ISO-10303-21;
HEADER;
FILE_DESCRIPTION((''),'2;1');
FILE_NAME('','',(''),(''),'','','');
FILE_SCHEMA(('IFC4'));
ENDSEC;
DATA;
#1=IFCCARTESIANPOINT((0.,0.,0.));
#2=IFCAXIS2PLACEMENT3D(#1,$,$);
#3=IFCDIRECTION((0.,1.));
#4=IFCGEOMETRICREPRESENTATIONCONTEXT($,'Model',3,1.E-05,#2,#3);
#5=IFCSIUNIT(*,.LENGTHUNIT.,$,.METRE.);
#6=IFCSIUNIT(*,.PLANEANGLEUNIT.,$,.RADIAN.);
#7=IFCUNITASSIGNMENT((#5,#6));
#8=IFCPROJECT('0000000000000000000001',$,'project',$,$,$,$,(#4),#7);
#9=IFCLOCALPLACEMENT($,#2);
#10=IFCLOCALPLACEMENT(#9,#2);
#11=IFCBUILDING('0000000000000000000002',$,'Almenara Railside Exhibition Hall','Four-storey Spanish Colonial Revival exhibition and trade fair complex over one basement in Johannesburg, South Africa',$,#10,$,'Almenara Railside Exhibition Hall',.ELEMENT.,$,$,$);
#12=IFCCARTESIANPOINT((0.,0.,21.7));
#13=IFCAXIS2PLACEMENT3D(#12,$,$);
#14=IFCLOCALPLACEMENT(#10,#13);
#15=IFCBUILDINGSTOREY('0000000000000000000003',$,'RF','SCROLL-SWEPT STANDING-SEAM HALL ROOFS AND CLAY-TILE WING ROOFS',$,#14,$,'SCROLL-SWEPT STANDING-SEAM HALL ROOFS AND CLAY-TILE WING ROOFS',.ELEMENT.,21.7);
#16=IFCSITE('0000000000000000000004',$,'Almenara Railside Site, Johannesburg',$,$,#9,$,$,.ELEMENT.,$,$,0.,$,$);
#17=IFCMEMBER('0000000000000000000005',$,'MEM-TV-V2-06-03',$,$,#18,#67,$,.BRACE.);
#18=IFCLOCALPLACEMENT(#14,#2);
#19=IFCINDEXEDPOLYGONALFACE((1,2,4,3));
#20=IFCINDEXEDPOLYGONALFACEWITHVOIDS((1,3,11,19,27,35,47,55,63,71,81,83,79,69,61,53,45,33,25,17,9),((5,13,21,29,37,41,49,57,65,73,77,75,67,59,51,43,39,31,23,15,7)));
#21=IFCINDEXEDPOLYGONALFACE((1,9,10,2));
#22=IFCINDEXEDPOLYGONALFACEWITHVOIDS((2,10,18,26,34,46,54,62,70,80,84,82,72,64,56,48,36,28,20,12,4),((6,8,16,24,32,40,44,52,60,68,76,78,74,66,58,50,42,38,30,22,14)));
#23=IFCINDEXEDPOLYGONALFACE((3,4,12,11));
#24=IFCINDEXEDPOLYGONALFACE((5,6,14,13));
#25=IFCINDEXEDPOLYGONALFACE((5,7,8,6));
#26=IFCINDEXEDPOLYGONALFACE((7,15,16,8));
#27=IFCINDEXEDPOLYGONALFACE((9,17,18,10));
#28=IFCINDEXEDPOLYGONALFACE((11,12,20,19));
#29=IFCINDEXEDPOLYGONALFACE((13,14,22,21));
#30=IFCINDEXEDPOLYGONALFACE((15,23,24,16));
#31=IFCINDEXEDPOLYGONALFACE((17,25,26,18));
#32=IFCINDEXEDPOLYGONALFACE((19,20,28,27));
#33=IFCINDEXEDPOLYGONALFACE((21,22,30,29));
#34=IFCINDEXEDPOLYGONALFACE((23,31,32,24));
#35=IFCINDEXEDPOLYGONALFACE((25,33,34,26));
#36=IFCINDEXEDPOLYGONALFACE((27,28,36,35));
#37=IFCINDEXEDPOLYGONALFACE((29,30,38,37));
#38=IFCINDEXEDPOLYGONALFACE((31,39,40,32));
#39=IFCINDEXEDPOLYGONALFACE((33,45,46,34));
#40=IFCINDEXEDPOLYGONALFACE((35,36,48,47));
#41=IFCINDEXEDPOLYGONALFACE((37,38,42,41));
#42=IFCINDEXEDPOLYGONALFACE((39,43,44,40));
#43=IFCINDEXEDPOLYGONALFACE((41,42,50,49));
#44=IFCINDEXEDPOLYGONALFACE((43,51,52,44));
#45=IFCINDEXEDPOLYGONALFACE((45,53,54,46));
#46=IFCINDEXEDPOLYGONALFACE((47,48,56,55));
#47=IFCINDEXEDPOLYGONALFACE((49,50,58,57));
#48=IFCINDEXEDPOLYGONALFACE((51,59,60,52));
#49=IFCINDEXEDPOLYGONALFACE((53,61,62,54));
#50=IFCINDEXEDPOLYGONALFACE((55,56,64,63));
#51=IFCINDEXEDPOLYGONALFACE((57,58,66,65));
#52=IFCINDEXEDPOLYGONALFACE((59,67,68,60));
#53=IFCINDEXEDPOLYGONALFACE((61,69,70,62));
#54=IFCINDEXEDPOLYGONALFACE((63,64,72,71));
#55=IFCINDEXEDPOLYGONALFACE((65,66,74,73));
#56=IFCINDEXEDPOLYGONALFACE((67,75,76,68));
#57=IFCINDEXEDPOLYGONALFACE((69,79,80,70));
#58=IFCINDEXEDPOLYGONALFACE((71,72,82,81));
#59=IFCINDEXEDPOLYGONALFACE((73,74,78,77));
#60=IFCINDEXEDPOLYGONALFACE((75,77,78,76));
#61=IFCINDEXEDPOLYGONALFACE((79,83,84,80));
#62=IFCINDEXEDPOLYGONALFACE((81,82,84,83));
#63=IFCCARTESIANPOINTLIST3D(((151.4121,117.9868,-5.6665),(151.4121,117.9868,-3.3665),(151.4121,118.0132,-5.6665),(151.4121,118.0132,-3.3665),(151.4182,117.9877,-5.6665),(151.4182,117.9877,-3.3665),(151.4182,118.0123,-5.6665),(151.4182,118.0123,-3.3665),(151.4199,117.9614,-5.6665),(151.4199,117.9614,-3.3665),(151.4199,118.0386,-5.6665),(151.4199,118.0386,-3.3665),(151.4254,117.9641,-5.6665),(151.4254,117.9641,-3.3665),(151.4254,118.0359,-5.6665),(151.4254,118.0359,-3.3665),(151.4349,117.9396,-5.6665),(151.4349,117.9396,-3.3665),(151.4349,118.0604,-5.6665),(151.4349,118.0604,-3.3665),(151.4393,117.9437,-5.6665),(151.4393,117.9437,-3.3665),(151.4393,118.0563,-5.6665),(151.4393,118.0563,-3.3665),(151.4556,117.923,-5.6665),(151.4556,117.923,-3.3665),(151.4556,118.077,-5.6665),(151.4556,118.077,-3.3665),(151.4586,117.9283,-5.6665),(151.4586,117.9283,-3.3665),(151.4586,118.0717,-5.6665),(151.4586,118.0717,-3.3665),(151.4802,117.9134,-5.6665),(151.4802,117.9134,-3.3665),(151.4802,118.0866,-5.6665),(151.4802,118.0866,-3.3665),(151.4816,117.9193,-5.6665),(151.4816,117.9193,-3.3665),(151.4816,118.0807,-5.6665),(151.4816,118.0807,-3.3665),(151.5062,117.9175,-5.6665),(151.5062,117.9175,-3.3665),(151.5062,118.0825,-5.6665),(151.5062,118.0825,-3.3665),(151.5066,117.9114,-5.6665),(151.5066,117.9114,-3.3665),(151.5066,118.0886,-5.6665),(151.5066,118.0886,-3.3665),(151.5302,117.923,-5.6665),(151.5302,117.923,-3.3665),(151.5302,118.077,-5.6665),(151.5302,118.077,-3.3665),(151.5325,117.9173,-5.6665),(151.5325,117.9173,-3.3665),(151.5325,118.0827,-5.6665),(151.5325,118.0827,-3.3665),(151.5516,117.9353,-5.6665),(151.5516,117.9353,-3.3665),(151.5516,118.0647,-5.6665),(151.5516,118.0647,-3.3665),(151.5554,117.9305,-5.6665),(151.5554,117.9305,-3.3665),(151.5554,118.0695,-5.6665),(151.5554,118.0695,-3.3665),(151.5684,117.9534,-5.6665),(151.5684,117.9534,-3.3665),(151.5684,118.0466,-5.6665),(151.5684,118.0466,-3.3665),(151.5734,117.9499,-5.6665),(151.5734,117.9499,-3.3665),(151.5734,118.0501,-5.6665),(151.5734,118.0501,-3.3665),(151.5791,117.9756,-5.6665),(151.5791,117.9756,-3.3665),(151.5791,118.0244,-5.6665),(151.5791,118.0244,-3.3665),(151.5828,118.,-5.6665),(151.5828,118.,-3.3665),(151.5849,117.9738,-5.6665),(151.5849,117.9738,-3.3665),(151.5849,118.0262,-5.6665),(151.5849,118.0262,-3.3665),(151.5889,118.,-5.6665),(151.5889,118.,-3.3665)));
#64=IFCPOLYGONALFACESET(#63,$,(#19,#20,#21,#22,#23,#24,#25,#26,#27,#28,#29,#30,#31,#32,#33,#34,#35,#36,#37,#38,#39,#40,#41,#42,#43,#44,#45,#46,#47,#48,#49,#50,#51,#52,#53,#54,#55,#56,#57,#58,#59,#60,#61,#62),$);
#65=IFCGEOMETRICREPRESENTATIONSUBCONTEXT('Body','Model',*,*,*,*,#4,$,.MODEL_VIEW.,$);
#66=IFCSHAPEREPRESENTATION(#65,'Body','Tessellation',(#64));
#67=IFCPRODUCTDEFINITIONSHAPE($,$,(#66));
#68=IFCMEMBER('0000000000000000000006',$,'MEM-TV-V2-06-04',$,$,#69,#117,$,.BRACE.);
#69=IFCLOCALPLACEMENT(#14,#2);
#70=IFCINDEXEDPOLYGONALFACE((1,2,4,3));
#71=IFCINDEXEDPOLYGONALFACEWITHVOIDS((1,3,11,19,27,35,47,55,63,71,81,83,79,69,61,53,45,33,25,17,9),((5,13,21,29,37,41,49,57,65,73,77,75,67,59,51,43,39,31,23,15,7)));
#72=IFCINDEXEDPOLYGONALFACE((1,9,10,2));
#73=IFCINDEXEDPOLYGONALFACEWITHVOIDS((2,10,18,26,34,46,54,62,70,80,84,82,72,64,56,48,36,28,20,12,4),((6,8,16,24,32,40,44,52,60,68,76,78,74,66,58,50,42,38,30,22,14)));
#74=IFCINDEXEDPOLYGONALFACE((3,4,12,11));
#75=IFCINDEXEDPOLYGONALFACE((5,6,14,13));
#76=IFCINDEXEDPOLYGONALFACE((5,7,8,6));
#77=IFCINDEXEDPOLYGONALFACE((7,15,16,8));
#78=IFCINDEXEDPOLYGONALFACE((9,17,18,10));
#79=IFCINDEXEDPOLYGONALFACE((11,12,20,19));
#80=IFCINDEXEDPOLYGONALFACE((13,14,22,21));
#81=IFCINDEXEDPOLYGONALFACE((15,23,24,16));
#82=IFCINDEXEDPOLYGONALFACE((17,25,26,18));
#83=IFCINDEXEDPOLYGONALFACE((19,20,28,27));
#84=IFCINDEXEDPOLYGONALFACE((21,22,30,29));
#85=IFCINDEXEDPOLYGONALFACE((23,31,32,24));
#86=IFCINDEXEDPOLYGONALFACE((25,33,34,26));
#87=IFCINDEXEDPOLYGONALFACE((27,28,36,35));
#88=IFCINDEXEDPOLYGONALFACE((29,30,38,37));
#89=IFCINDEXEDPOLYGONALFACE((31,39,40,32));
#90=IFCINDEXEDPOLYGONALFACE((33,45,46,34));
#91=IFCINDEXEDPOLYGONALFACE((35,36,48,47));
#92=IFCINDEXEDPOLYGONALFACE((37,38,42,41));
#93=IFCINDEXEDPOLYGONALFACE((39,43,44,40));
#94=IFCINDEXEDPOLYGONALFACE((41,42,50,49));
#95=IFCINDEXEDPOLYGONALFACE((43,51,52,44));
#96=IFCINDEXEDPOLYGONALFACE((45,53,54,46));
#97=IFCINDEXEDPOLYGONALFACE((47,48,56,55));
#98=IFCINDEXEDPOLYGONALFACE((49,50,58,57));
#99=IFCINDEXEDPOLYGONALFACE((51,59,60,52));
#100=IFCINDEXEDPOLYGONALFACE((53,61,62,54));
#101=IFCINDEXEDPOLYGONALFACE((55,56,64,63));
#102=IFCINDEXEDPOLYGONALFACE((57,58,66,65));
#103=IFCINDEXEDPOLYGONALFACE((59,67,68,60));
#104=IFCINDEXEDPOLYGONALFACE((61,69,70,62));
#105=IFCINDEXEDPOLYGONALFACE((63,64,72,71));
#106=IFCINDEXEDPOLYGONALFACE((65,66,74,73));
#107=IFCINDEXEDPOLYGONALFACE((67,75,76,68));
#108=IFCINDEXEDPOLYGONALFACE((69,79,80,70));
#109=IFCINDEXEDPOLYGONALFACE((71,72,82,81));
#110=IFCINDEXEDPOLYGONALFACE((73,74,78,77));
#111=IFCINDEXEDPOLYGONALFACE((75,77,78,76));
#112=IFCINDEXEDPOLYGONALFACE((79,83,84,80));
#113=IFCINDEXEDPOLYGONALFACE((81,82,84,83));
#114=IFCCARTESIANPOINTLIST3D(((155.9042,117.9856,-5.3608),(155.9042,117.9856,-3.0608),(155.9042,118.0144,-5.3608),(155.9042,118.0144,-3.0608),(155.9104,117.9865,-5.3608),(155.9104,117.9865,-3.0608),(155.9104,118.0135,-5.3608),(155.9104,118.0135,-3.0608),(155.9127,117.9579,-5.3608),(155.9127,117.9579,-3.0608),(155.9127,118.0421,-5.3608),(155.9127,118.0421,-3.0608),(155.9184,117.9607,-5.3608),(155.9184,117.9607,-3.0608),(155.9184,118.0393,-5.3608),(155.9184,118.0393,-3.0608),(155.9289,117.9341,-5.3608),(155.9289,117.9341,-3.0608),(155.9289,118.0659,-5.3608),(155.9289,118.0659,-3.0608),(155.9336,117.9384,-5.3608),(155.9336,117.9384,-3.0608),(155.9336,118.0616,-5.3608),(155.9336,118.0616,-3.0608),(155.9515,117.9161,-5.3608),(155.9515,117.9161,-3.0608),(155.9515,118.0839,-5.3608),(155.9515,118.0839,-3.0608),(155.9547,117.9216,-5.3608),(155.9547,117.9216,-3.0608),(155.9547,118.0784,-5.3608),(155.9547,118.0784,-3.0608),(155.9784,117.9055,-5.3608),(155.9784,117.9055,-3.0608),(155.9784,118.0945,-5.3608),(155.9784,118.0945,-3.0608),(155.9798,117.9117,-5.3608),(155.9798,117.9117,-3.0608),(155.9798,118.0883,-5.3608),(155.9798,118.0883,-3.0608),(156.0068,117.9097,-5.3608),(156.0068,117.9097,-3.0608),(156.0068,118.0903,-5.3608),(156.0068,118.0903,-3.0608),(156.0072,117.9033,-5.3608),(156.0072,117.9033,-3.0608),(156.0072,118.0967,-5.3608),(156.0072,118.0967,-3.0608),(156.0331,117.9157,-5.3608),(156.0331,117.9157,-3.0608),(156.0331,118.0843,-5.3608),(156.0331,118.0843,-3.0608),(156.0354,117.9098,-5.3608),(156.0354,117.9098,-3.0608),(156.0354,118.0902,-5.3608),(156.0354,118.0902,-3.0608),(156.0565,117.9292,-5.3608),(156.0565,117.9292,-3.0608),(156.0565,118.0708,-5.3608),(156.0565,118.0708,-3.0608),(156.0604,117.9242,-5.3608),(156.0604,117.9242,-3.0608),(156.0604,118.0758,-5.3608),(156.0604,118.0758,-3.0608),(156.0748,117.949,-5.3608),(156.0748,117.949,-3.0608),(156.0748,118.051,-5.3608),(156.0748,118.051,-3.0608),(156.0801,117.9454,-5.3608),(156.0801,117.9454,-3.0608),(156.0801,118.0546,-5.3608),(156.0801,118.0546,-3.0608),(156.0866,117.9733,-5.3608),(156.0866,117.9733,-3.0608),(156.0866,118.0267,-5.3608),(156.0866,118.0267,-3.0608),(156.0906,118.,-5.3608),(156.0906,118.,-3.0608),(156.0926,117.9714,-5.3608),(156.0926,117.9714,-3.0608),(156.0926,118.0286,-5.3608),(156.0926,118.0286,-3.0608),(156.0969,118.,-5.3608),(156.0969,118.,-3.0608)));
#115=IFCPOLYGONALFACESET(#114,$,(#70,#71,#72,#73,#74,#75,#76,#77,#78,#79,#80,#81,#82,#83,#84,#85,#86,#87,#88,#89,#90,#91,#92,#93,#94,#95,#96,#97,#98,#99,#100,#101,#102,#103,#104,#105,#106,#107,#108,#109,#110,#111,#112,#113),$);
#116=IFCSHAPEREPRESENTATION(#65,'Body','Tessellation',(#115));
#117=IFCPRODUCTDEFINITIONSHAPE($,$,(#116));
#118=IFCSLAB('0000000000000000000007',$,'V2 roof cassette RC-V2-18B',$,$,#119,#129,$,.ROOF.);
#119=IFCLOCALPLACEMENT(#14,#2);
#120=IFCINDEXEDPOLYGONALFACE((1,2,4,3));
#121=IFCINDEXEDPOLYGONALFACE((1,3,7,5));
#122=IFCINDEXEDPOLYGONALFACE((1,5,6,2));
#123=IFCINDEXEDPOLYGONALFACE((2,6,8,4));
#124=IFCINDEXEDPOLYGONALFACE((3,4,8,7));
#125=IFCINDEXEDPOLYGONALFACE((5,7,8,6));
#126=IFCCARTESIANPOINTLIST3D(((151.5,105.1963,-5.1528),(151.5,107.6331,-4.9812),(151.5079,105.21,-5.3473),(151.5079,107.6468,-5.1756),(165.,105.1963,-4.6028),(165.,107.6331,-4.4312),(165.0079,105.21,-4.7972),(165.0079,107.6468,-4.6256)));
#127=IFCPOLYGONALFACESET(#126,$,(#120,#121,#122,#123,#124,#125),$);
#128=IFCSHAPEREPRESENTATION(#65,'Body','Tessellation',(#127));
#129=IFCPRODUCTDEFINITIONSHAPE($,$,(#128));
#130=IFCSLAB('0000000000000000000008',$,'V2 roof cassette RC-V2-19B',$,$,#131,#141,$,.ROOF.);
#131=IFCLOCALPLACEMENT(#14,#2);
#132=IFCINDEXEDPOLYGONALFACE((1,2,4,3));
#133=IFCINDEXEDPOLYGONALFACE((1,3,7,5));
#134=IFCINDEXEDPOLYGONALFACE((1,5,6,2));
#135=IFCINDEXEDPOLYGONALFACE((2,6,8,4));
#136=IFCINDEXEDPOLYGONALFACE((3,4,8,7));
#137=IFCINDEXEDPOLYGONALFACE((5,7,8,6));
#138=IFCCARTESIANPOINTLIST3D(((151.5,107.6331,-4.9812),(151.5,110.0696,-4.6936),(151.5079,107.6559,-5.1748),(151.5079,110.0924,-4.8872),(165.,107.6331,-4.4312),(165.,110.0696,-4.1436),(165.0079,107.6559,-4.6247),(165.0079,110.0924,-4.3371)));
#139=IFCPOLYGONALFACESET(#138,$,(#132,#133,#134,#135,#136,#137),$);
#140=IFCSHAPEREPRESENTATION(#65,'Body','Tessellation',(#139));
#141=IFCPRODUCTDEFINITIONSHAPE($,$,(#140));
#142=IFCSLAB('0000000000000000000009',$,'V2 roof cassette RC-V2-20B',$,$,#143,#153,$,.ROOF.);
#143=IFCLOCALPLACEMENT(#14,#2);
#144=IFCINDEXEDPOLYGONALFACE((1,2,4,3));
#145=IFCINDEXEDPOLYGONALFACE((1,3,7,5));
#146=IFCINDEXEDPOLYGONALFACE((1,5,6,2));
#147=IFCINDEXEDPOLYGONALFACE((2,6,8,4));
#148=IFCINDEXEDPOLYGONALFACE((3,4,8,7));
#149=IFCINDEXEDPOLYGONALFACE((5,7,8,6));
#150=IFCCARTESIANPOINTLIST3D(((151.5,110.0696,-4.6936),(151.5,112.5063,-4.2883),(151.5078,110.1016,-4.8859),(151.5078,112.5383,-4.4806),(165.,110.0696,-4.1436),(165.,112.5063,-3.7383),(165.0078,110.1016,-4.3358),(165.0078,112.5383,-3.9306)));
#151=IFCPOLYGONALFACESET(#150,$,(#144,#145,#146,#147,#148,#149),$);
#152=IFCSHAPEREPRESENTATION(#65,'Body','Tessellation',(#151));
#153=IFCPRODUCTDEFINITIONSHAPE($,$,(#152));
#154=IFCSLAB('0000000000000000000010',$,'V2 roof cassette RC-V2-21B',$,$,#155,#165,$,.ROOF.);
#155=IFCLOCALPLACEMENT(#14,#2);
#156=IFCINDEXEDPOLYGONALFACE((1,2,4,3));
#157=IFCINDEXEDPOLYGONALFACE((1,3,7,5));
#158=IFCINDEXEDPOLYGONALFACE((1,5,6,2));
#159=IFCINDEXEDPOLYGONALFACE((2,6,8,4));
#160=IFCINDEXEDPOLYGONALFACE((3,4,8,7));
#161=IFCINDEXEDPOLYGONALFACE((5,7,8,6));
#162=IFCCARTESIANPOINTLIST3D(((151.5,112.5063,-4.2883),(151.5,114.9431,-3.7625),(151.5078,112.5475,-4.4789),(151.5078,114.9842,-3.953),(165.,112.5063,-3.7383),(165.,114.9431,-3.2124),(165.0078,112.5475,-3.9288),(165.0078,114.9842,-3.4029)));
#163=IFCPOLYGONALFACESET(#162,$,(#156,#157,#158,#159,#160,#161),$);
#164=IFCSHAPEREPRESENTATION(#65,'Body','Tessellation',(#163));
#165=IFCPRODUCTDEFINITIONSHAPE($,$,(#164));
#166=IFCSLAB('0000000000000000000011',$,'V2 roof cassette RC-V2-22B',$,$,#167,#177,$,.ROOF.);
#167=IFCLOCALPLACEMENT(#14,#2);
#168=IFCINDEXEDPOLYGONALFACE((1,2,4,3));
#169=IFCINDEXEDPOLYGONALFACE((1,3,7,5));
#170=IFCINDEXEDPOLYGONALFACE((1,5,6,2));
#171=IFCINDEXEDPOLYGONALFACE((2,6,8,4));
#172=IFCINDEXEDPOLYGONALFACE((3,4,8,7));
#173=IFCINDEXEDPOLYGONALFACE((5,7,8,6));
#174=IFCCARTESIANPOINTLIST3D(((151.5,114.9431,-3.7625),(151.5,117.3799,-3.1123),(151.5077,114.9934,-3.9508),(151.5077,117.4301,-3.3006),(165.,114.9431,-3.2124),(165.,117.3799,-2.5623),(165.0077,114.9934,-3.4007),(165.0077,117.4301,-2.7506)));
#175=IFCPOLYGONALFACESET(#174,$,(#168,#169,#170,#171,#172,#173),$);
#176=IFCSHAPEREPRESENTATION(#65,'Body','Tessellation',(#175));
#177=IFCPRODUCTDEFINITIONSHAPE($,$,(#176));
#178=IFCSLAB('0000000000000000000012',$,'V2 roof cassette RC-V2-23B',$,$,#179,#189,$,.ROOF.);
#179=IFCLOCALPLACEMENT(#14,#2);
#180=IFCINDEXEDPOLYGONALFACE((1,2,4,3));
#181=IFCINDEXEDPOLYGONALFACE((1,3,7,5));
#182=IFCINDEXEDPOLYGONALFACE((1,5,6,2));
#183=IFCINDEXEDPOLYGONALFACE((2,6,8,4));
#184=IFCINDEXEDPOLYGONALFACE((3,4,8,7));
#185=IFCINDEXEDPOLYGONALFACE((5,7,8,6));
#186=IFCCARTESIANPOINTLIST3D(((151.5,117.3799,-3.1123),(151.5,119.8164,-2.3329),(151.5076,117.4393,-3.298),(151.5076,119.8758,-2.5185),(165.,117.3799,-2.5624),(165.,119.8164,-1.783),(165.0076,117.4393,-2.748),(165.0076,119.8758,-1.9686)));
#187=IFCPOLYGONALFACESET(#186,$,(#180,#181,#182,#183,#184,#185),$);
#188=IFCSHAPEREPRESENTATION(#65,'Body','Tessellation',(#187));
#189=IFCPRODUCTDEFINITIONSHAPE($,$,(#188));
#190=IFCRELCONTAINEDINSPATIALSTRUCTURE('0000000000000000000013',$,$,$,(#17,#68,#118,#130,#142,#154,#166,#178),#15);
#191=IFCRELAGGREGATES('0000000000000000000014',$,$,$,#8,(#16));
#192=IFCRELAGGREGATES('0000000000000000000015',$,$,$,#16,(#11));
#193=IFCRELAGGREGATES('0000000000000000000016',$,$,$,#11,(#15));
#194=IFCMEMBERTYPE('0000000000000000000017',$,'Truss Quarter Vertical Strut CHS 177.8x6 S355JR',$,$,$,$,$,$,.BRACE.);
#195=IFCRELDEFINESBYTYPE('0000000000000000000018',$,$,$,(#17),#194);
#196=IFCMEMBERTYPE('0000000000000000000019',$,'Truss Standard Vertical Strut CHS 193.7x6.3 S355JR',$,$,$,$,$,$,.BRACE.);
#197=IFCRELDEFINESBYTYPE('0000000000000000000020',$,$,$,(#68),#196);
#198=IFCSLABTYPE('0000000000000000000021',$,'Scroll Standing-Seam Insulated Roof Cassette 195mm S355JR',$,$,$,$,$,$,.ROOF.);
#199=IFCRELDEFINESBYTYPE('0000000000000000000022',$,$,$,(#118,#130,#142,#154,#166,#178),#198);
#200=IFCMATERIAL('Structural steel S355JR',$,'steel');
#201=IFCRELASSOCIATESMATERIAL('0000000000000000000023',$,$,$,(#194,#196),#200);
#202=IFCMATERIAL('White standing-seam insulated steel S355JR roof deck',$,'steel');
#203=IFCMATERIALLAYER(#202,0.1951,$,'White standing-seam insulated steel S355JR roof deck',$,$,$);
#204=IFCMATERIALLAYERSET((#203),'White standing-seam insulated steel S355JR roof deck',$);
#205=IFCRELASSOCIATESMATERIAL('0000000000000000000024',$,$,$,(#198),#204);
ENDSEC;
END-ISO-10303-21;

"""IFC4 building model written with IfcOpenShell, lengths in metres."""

from ifc_helpers import new_model, si_unit, direction, frame, origin, origin_2d, place, context, subcontext, project, spatial, polyline, hollow_circle, outline, extrude, material, layer, layer_set, material_profile, profile_set, type_object, element, save


model = new_model("IFC4")

# Units and contexts
model_context = context("Model", 3, precision=1e-05, world=origin(), true_north=direction((0.0, 1.0)))
body_context = subcontext(model_context, "Body", "Model", "MODEL_VIEW")
ifc_project = project(units=[si_unit("LENGTHUNIT", "METRE"), si_unit("PLANEANGLEUNIT", "RADIAN")], contexts=[model_context])

# Site, building, storey
site_placement = place(None, origin())
site = spatial("IfcSite", under=ifc_project, at=site_placement, Name="Almenara Railside Site, Johannesburg", CompositionType="ELEMENT", RefElevation=0.0)
building_placement = place(site_placement, origin())
building = spatial("IfcBuilding", under=site, at=building_placement, Name="Almenara Railside Exhibition Hall", Description="Four-storey Spanish Colonial Revival exhibition and trade fair complex over one basement in Johannesburg, South Africa", LongName="Almenara Railside Exhibition Hall", CompositionType="ELEMENT")
storey_placement = place(building_placement, frame((0.0, 0.0, 21.7)))
storey = spatial("IfcBuildingStorey", under=building, at=storey_placement, Name="RF", Description="SCROLL-SWEPT STANDING-SEAM HALL ROOFS AND CLAY-TILE WING ROOFS", LongName="SCROLL-SWEPT STANDING-SEAM HALL ROOFS AND CLAY-TILE WING ROOFS", CompositionType="ELEMENT", Elevation=21.7)

# Members
ifc_material_1 = material(Name="Structural steel S355JR", Category="steel")
ifc_material_profile_1 = material_profile(ifc_material_1, hollow_circle(Radius=0.0889, WallThickness=0.0061, at=origin_2d()), Name="CHS 177.8x6")
ifc_profile_set_1 = profile_set([ifc_material_profile_1], Name="Structural steel S355JR")
member_type_1 = type_object("IfcMemberType", Name="Truss Quarter Vertical Strut CHS 177.8x6 S355JR", PredefinedType="BRACE", material=ifc_profile_set_1)
member_1_placement = place(storey_placement, frame((151.5, 118.0, -5.6665), z_axis=(0.0, 0.0, 1.0), x_axis=(1.0, 0.0, 0.0)))
element("IfcMember", 1, at=member_1_placement, inside=storey, type_object=member_type_1, Name="MEM-TV-V2-06-03", PredefinedType="BRACE", context=body_context, shape_type="SweptSolid", body=[
    extrude(hollow_circle(Radius=0.0889, WallThickness=0.0061, at=origin_2d()), origin(), (0.0, 0.0, 1.0), 2.3),
])
ifc_material_profile_2 = material_profile(ifc_material_1, hollow_circle(Radius=0.0969, WallThickness=0.0063, at=origin_2d()), Name="CHS 193.7x6.3")
ifc_profile_set_2 = profile_set([ifc_material_profile_2], Name="Structural steel S355JR")
member_type_2 = type_object("IfcMemberType", Name="Truss Standard Vertical Strut CHS 193.7x6.3 S355JR", PredefinedType="BRACE", material=ifc_profile_set_2)
member_2_placement = place(storey_placement, frame((156.0, 118.0, -5.3608), z_axis=(0.0, 0.0, 1.0), x_axis=(1.0, 0.0, 0.0)))
element("IfcMember", 2, at=member_2_placement, inside=storey, type_object=member_type_2, Name="MEM-TV-V2-06-04", PredefinedType="BRACE", context=body_context, shape_type="SweptSolid", body=[
    extrude(hollow_circle(Radius=0.0969, WallThickness=0.0063, at=origin_2d()), origin(), (0.0, 0.0, 1.0), 2.3),
])

# Slabs
ifc_material_2 = material(Name="White standing-seam insulated steel S355JR roof deck", Category="steel")
ifc_layer_1 = layer(ifc_material_2, 0.1951, Name="White standing-seam insulated steel S355JR roof deck")
ifc_layer_set_1 = layer_set([ifc_layer_1], Name="White standing-seam insulated steel S355JR roof deck")
slab_type = type_object("IfcSlabType", Name="Scroll Standing-Seam Insulated Roof Cassette 195mm S355JR", PredefinedType="ROOF", material=ifc_layer_set_1)
slab_1_placement = place(storey_placement, frame((151.5, 105.1963, -5.1528), z_axis=(-0.04061, -0.070202, 0.996706), x_axis=(0.999171, 0.0, 0.040711)))
element("IfcSlab", 3, at=slab_1_placement, inside=storey, type_object=slab_type, Name="V2 roof cassette RC-V2-18B", PredefinedType="ROOF", context=body_context, shape_type="SweptSolid", body=[
    extrude(outline(polyline([(0.0, 0.0), (13.5112, 0.0), (13.5182, 2.4428), (0.007, 2.4428), (0.0, 0.0)])), origin(), (0.0, 0.0, -1.0), 0.1951),
])
slab_2_placement = place(storey_placement, frame((151.5, 107.6331, -4.9812), z_axis=(-0.04043, -0.117126, 0.992294), x_axis=(0.999171, 0.0, 0.040711)))
element("IfcSlab", 4, at=slab_2_placement, inside=storey, type_object=slab_type, Name="V2 roof cassette RC-V2-19B", PredefinedType="ROOF", context=body_context, shape_type="SweptSolid", body=[
    extrude(outline(polyline([(0.0, 0.0), (13.5112, 0.0), (13.5229, 2.4534), (0.0117, 2.4534), (0.0, 0.0)])), origin(), (0.0, 0.0, -1.0), 0.1951),
])
slab_3_placement = place(storey_placement, frame((151.5, 110.0696, -4.6936), z_axis=(-0.04016, -0.16393, 0.985654), x_axis=(0.999171, 0.0, 0.040711)))
element("IfcSlab", 5, at=slab_3_placement, inside=storey, type_object=slab_type, Name="V2 roof cassette RC-V2-20B", PredefinedType="ROOF", context=body_context, shape_type="SweptSolid", body=[
    extrude(outline(polyline([(0.0, 0.0), (13.5112, 0.0), (13.5277, 2.4702), (0.0165, 2.4702), (0.0, 0.0)])), origin(), (0.0, 0.0, -1.0), 0.1951),
])
slab_4_placement = place(storey_placement, frame((151.5, 112.5063, -4.2883), z_axis=(-0.039796, -0.210786, 0.976722), x_axis=(0.999171, 0.0, 0.040711)))
element("IfcSlab", 6, at=slab_4_placement, inside=storey, type_object=slab_type, Name="V2 roof cassette RC-V2-21B", PredefinedType="ROOF", context=body_context, shape_type="SweptSolid", body=[
    extrude(outline(polyline([(0.0, 0.0), (13.5112, 0.0), (13.5326, 2.4928), (0.0214, 2.4928), (0.0, 0.0)])), origin(), (0.0, 0.0, -1.0), 0.1951),
])
slab_5_placement = place(storey_placement, frame((151.5, 114.9431, -3.7625), z_axis=(-0.039337, -0.25759, 0.965453), x_axis=(0.999171, 0.0, 0.040711)))
element("IfcSlab", 7, at=slab_5_placement, inside=storey, type_object=slab_type, Name="V2 roof cassette RC-V2-22B", PredefinedType="ROOF", context=body_context, shape_type="SweptSolid", body=[
    extrude(outline(polyline([(0.0, 0.0), (13.5112, 0.0), (13.5377, 2.5219), (0.0265, 2.5219), (0.0, 0.0)])), origin(), (0.0, 0.0, -1.0), 0.1951),
])
slab_6_placement = place(storey_placement, frame((151.5, 117.3799, -3.1123), z_axis=(-0.038769, -0.304451, 0.951739), x_axis=(0.999171, 0.000003, 0.040702)))
element("IfcSlab", 8, at=slab_6_placement, inside=storey, type_object=slab_type, Name="V2 roof cassette RC-V2-23B", PredefinedType="ROOF", context=body_context, shape_type="SweptSolid", body=[
    extrude(outline(polyline([(0.0, 0.0), (13.5112, 0.0), (13.5429, 2.5579), (0.0317, 2.558), (0.0, 0.0)])), origin(), (0.0, 0.0, -1.0), 0.1951),
])

save(model, "model.ifc")
